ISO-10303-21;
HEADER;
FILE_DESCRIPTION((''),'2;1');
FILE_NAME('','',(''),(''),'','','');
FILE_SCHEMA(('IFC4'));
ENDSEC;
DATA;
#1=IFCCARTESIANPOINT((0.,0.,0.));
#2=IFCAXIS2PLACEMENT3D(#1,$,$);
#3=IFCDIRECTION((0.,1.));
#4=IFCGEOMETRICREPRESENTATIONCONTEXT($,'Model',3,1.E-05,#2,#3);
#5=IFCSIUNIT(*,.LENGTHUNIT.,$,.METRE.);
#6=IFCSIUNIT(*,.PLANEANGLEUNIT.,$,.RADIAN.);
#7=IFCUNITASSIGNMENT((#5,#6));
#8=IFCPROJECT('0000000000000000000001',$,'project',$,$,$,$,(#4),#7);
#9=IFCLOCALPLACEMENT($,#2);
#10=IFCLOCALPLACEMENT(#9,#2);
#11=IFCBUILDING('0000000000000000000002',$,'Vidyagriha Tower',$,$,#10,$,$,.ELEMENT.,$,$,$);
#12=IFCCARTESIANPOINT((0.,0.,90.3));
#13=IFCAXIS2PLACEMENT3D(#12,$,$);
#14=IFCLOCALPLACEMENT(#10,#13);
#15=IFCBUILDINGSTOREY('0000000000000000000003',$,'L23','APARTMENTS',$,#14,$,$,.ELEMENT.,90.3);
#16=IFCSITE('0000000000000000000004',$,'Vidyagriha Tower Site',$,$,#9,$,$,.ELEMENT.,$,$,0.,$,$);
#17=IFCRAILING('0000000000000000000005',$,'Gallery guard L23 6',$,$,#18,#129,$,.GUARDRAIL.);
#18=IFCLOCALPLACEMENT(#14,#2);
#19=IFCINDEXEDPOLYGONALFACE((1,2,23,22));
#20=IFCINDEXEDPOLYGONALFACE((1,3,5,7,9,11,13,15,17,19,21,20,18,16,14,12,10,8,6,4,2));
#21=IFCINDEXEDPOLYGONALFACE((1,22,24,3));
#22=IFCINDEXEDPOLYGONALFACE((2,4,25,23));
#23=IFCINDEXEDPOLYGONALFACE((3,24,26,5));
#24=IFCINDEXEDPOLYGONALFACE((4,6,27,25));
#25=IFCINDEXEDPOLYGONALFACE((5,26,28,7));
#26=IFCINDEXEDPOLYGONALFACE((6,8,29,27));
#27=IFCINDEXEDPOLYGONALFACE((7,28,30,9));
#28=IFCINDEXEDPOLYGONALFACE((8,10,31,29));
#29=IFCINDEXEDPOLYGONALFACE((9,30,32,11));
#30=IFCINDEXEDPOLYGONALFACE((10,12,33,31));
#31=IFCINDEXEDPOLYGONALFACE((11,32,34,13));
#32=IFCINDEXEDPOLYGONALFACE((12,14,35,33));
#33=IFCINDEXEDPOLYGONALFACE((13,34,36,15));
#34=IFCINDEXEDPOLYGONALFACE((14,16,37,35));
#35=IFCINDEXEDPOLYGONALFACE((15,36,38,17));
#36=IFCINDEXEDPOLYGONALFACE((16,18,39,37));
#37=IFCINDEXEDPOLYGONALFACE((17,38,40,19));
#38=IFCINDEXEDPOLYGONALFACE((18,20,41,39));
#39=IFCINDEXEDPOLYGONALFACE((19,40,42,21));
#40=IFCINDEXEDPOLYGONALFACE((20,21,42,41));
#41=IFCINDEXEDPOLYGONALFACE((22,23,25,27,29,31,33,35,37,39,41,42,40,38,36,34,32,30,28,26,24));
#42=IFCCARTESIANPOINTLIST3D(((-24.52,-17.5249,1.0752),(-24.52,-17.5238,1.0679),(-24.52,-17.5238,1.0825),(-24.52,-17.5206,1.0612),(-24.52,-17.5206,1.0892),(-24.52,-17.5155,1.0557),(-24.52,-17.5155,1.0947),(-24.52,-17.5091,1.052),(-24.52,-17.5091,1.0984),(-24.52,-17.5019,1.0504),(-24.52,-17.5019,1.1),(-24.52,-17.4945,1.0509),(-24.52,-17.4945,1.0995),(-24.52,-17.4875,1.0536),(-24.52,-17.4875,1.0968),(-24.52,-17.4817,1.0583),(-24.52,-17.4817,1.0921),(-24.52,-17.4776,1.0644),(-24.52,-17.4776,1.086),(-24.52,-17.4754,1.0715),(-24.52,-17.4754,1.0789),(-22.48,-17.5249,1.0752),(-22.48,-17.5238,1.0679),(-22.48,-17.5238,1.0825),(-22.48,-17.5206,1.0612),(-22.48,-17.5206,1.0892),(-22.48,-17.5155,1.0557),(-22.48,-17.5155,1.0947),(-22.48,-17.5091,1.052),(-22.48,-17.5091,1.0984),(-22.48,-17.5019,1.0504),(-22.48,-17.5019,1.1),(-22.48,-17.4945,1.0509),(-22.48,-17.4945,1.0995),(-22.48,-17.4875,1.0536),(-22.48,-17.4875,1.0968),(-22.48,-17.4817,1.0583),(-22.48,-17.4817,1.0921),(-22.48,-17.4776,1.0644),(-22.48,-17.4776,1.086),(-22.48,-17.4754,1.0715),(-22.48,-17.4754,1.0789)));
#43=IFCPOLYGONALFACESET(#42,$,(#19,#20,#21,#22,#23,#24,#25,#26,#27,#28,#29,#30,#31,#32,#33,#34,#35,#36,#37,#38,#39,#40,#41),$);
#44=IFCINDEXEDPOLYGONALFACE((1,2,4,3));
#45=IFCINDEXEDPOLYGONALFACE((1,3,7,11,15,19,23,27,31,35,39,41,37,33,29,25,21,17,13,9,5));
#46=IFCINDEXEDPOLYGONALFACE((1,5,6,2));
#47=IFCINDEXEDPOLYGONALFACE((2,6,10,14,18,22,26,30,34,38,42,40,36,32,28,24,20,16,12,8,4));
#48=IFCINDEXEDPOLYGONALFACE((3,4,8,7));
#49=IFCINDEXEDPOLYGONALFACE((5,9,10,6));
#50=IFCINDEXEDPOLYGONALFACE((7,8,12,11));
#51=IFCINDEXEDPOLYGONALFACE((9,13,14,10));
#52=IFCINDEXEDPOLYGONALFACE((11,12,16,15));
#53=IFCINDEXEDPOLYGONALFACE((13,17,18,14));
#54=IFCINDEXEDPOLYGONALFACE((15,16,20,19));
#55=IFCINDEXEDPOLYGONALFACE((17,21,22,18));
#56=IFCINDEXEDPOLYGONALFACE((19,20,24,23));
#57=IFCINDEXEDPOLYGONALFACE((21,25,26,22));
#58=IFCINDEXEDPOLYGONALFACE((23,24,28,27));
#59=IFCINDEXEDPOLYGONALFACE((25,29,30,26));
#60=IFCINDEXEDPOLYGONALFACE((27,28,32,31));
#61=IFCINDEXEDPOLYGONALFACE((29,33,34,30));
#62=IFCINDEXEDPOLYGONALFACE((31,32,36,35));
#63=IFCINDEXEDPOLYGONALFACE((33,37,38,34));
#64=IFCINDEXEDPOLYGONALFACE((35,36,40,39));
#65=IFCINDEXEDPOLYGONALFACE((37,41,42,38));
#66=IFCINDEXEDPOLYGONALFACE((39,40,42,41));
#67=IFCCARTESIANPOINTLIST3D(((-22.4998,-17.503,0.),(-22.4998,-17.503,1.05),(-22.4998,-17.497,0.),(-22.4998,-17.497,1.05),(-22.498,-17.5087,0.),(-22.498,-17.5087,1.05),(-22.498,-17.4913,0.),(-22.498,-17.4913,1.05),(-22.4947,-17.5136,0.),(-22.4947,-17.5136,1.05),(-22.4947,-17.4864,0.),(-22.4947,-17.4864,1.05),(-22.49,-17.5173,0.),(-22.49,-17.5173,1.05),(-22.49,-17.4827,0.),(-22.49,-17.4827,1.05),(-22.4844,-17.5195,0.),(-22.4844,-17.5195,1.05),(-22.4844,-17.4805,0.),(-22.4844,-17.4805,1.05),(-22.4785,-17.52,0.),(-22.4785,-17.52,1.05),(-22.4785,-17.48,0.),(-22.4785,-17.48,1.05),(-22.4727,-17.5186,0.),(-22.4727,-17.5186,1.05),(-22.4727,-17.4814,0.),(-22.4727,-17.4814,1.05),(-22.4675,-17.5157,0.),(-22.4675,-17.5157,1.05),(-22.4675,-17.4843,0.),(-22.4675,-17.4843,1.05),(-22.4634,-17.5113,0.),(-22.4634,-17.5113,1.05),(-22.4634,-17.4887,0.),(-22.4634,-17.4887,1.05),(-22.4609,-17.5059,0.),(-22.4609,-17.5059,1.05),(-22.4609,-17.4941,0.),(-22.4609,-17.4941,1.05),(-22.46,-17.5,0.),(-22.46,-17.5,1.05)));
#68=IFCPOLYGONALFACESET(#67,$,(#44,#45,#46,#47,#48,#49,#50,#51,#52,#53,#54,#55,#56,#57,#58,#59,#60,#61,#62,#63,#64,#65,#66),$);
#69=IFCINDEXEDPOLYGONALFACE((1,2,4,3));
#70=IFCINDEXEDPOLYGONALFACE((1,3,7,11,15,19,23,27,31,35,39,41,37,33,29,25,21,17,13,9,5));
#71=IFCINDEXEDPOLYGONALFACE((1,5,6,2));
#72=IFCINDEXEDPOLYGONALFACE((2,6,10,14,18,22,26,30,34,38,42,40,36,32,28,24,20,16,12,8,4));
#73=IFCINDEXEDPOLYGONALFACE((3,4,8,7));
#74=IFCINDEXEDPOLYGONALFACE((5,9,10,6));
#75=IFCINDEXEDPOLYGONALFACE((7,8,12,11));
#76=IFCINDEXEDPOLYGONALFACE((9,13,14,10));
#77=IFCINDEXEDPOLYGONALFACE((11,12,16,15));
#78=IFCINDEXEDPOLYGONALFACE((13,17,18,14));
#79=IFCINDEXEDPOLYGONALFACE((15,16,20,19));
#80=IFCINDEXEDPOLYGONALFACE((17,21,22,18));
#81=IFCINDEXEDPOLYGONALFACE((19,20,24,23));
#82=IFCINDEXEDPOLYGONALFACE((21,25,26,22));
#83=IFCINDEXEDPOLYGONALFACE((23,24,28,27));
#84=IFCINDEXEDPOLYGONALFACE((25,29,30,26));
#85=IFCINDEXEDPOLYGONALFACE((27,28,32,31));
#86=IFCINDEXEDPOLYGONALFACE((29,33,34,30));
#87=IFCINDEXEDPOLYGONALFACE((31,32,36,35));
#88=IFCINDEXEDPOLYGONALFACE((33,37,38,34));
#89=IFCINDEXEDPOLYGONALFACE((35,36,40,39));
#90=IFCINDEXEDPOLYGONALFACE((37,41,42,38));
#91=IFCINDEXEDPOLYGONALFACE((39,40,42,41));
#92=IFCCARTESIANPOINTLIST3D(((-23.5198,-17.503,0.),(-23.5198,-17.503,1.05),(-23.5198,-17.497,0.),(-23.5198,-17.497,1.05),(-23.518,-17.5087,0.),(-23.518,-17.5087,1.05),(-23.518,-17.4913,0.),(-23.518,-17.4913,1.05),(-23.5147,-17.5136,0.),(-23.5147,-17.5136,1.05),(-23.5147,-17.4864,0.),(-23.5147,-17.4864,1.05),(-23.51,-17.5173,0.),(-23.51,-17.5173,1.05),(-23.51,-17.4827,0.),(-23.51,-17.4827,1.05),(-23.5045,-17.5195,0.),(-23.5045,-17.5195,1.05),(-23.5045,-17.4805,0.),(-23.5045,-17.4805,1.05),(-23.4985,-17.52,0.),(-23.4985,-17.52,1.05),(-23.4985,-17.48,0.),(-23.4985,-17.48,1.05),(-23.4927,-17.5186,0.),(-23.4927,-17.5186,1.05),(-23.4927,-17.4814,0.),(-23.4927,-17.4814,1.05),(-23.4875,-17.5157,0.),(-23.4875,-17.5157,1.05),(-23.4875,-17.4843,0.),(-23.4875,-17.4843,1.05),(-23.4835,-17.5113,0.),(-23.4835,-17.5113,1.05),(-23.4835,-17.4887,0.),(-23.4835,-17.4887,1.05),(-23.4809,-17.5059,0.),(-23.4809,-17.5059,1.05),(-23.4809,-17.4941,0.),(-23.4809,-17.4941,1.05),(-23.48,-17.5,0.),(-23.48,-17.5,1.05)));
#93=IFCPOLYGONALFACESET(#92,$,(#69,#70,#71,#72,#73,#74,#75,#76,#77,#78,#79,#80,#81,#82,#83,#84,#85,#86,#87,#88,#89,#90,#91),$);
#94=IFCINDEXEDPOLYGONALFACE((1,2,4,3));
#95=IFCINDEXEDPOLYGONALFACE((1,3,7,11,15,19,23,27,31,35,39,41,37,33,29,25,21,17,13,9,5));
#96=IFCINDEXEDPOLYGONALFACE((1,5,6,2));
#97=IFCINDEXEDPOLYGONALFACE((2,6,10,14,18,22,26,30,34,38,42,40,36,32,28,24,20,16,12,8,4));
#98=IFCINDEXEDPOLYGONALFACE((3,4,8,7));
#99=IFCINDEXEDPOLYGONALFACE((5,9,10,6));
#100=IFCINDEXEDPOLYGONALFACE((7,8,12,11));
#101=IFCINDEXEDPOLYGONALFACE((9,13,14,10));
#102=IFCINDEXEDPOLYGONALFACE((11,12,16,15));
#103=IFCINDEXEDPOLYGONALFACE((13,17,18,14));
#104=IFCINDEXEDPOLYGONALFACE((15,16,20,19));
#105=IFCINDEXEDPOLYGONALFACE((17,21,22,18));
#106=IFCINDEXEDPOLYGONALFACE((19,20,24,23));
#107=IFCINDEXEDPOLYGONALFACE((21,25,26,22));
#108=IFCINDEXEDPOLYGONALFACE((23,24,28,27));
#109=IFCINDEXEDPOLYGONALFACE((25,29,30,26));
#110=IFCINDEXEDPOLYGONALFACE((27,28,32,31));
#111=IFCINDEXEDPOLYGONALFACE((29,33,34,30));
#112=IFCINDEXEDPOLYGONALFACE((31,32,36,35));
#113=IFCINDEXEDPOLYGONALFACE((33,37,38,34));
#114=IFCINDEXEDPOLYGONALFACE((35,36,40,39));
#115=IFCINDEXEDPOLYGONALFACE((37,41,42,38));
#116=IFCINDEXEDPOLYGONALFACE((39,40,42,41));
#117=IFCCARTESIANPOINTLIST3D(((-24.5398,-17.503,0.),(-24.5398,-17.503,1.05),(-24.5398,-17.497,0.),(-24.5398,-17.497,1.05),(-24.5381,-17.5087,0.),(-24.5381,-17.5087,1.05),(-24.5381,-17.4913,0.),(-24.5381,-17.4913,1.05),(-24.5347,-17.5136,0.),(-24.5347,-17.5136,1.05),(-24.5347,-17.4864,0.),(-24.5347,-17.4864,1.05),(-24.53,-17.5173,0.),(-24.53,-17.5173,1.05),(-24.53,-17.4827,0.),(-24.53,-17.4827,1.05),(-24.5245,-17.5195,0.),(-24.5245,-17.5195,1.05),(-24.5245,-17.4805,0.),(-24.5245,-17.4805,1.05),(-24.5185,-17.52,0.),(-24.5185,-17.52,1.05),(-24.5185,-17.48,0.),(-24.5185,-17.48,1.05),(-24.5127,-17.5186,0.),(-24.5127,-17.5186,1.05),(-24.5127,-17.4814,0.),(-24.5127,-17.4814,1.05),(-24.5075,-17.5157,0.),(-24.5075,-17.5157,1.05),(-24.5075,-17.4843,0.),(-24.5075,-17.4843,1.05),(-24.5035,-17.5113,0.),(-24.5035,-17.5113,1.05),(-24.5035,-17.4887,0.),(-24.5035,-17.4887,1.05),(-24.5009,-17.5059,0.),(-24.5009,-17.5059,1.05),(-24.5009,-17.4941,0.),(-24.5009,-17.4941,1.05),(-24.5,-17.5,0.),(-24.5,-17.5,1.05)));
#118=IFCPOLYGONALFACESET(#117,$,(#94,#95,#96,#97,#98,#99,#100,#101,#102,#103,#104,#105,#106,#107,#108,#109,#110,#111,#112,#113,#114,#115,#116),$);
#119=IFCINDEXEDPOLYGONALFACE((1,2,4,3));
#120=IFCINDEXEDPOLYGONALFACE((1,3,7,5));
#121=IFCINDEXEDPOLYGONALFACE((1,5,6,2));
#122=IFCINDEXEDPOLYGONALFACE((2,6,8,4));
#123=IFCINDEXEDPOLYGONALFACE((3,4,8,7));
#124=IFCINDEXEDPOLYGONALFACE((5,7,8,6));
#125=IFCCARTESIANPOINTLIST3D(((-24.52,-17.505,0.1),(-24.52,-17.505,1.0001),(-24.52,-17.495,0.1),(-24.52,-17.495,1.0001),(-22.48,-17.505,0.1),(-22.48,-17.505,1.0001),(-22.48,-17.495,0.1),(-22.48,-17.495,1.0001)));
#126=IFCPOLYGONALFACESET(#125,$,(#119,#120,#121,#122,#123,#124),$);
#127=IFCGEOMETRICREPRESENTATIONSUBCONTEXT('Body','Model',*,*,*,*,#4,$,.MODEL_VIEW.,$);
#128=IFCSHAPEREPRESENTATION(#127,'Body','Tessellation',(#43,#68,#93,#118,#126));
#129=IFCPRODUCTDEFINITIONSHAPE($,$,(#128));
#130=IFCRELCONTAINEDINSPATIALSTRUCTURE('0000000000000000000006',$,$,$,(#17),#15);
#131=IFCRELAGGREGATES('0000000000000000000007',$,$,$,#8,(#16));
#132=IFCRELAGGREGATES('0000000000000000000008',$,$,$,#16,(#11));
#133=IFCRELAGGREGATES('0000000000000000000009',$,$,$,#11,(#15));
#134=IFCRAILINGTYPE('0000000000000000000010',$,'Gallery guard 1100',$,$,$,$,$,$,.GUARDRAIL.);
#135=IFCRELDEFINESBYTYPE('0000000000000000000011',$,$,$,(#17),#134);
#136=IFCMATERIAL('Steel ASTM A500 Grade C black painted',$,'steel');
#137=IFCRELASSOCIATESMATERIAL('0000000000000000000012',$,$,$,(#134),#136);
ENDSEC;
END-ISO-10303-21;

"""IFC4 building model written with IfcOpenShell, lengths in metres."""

from ifc_helpers import new_model, si_unit, direction, frame, origin, origin_2d, place, context, subcontext, project, spatial, rectangle, circle, extrude, material, type_object, element, save


model = new_model("IFC4")

# Units and contexts
model_context = context("Model", 3, precision=1e-05, world=origin(), true_north=direction((0.0, 1.0)))
body_context = subcontext(model_context, "Body", "Model", "MODEL_VIEW")
ifc_project = project(units=[si_unit("LENGTHUNIT", "METRE"), si_unit("PLANEANGLEUNIT", "RADIAN")], contexts=[model_context])

# Site, building, storey
site_placement = place(None, origin())
site = spatial("IfcSite", under=ifc_project, at=site_placement, Name="Vidyagriha Tower Site", CompositionType="ELEMENT", RefElevation=0.0)
building_placement = place(site_placement, origin())
building = spatial("IfcBuilding", under=site, at=building_placement, Name="Vidyagriha Tower", CompositionType="ELEMENT")
storey_placement = place(building_placement, frame((0.0, 0.0, 90.3)))
storey = spatial("IfcBuildingStorey", under=building, at=storey_placement, Name="L23", Description="APARTMENTS", CompositionType="ELEMENT", Elevation=90.3)

# Railing
ifc_material_1 = material(Name="Steel ASTM A500 Grade C black painted", Category="steel")
railing_type_1 = type_object("IfcRailingType", Name="Gallery guard 1100", PredefinedType="GUARDRAIL", material=ifc_material_1)
railing_1_placement = place(storey_placement, frame((-22.48, -17.5, 0.0)))
element("IfcRailing", 1, at=railing_1_placement, inside=storey, type_object=railing_type_1, Name="Gallery guard L23 6", PredefinedType="GUARDRAIL", context=body_context, shape_type="SweptSolid", body=[
    extrude(circle(Radius=0.0249, at=origin_2d()), frame((0.0, 0.0, 1.0752), z_axis=(-1.0, 0.0, 0.0), x_axis=(0.0, -1.0, 0.0)), (0.0, 0.0, 1.0), 2.04),
    extrude(circle(Radius=0.02, at=origin_2d()), origin(), (0.0, 0.0, 1.0), 1.05),
    extrude(circle(Radius=0.02, at=origin_2d()), frame((-1.02, 0.0, 0.0)), (0.0, 0.0, 1.0), 1.05),
    extrude(circle(Radius=0.02, at=origin_2d()), frame((-2.04, 0.0, 0.0)), (0.0, 0.0, 1.0), 1.05),
    extrude(rectangle(XDim=0.01, YDim=0.9001, at=origin_2d()), frame((0.0, 0.0, 0.55), z_axis=(-1.0, 0.0, 0.0), x_axis=(0.0, -1.0, 0.0)), (0.0, 0.0, 1.0), 2.04),
])

save(model, "model.ifc")
